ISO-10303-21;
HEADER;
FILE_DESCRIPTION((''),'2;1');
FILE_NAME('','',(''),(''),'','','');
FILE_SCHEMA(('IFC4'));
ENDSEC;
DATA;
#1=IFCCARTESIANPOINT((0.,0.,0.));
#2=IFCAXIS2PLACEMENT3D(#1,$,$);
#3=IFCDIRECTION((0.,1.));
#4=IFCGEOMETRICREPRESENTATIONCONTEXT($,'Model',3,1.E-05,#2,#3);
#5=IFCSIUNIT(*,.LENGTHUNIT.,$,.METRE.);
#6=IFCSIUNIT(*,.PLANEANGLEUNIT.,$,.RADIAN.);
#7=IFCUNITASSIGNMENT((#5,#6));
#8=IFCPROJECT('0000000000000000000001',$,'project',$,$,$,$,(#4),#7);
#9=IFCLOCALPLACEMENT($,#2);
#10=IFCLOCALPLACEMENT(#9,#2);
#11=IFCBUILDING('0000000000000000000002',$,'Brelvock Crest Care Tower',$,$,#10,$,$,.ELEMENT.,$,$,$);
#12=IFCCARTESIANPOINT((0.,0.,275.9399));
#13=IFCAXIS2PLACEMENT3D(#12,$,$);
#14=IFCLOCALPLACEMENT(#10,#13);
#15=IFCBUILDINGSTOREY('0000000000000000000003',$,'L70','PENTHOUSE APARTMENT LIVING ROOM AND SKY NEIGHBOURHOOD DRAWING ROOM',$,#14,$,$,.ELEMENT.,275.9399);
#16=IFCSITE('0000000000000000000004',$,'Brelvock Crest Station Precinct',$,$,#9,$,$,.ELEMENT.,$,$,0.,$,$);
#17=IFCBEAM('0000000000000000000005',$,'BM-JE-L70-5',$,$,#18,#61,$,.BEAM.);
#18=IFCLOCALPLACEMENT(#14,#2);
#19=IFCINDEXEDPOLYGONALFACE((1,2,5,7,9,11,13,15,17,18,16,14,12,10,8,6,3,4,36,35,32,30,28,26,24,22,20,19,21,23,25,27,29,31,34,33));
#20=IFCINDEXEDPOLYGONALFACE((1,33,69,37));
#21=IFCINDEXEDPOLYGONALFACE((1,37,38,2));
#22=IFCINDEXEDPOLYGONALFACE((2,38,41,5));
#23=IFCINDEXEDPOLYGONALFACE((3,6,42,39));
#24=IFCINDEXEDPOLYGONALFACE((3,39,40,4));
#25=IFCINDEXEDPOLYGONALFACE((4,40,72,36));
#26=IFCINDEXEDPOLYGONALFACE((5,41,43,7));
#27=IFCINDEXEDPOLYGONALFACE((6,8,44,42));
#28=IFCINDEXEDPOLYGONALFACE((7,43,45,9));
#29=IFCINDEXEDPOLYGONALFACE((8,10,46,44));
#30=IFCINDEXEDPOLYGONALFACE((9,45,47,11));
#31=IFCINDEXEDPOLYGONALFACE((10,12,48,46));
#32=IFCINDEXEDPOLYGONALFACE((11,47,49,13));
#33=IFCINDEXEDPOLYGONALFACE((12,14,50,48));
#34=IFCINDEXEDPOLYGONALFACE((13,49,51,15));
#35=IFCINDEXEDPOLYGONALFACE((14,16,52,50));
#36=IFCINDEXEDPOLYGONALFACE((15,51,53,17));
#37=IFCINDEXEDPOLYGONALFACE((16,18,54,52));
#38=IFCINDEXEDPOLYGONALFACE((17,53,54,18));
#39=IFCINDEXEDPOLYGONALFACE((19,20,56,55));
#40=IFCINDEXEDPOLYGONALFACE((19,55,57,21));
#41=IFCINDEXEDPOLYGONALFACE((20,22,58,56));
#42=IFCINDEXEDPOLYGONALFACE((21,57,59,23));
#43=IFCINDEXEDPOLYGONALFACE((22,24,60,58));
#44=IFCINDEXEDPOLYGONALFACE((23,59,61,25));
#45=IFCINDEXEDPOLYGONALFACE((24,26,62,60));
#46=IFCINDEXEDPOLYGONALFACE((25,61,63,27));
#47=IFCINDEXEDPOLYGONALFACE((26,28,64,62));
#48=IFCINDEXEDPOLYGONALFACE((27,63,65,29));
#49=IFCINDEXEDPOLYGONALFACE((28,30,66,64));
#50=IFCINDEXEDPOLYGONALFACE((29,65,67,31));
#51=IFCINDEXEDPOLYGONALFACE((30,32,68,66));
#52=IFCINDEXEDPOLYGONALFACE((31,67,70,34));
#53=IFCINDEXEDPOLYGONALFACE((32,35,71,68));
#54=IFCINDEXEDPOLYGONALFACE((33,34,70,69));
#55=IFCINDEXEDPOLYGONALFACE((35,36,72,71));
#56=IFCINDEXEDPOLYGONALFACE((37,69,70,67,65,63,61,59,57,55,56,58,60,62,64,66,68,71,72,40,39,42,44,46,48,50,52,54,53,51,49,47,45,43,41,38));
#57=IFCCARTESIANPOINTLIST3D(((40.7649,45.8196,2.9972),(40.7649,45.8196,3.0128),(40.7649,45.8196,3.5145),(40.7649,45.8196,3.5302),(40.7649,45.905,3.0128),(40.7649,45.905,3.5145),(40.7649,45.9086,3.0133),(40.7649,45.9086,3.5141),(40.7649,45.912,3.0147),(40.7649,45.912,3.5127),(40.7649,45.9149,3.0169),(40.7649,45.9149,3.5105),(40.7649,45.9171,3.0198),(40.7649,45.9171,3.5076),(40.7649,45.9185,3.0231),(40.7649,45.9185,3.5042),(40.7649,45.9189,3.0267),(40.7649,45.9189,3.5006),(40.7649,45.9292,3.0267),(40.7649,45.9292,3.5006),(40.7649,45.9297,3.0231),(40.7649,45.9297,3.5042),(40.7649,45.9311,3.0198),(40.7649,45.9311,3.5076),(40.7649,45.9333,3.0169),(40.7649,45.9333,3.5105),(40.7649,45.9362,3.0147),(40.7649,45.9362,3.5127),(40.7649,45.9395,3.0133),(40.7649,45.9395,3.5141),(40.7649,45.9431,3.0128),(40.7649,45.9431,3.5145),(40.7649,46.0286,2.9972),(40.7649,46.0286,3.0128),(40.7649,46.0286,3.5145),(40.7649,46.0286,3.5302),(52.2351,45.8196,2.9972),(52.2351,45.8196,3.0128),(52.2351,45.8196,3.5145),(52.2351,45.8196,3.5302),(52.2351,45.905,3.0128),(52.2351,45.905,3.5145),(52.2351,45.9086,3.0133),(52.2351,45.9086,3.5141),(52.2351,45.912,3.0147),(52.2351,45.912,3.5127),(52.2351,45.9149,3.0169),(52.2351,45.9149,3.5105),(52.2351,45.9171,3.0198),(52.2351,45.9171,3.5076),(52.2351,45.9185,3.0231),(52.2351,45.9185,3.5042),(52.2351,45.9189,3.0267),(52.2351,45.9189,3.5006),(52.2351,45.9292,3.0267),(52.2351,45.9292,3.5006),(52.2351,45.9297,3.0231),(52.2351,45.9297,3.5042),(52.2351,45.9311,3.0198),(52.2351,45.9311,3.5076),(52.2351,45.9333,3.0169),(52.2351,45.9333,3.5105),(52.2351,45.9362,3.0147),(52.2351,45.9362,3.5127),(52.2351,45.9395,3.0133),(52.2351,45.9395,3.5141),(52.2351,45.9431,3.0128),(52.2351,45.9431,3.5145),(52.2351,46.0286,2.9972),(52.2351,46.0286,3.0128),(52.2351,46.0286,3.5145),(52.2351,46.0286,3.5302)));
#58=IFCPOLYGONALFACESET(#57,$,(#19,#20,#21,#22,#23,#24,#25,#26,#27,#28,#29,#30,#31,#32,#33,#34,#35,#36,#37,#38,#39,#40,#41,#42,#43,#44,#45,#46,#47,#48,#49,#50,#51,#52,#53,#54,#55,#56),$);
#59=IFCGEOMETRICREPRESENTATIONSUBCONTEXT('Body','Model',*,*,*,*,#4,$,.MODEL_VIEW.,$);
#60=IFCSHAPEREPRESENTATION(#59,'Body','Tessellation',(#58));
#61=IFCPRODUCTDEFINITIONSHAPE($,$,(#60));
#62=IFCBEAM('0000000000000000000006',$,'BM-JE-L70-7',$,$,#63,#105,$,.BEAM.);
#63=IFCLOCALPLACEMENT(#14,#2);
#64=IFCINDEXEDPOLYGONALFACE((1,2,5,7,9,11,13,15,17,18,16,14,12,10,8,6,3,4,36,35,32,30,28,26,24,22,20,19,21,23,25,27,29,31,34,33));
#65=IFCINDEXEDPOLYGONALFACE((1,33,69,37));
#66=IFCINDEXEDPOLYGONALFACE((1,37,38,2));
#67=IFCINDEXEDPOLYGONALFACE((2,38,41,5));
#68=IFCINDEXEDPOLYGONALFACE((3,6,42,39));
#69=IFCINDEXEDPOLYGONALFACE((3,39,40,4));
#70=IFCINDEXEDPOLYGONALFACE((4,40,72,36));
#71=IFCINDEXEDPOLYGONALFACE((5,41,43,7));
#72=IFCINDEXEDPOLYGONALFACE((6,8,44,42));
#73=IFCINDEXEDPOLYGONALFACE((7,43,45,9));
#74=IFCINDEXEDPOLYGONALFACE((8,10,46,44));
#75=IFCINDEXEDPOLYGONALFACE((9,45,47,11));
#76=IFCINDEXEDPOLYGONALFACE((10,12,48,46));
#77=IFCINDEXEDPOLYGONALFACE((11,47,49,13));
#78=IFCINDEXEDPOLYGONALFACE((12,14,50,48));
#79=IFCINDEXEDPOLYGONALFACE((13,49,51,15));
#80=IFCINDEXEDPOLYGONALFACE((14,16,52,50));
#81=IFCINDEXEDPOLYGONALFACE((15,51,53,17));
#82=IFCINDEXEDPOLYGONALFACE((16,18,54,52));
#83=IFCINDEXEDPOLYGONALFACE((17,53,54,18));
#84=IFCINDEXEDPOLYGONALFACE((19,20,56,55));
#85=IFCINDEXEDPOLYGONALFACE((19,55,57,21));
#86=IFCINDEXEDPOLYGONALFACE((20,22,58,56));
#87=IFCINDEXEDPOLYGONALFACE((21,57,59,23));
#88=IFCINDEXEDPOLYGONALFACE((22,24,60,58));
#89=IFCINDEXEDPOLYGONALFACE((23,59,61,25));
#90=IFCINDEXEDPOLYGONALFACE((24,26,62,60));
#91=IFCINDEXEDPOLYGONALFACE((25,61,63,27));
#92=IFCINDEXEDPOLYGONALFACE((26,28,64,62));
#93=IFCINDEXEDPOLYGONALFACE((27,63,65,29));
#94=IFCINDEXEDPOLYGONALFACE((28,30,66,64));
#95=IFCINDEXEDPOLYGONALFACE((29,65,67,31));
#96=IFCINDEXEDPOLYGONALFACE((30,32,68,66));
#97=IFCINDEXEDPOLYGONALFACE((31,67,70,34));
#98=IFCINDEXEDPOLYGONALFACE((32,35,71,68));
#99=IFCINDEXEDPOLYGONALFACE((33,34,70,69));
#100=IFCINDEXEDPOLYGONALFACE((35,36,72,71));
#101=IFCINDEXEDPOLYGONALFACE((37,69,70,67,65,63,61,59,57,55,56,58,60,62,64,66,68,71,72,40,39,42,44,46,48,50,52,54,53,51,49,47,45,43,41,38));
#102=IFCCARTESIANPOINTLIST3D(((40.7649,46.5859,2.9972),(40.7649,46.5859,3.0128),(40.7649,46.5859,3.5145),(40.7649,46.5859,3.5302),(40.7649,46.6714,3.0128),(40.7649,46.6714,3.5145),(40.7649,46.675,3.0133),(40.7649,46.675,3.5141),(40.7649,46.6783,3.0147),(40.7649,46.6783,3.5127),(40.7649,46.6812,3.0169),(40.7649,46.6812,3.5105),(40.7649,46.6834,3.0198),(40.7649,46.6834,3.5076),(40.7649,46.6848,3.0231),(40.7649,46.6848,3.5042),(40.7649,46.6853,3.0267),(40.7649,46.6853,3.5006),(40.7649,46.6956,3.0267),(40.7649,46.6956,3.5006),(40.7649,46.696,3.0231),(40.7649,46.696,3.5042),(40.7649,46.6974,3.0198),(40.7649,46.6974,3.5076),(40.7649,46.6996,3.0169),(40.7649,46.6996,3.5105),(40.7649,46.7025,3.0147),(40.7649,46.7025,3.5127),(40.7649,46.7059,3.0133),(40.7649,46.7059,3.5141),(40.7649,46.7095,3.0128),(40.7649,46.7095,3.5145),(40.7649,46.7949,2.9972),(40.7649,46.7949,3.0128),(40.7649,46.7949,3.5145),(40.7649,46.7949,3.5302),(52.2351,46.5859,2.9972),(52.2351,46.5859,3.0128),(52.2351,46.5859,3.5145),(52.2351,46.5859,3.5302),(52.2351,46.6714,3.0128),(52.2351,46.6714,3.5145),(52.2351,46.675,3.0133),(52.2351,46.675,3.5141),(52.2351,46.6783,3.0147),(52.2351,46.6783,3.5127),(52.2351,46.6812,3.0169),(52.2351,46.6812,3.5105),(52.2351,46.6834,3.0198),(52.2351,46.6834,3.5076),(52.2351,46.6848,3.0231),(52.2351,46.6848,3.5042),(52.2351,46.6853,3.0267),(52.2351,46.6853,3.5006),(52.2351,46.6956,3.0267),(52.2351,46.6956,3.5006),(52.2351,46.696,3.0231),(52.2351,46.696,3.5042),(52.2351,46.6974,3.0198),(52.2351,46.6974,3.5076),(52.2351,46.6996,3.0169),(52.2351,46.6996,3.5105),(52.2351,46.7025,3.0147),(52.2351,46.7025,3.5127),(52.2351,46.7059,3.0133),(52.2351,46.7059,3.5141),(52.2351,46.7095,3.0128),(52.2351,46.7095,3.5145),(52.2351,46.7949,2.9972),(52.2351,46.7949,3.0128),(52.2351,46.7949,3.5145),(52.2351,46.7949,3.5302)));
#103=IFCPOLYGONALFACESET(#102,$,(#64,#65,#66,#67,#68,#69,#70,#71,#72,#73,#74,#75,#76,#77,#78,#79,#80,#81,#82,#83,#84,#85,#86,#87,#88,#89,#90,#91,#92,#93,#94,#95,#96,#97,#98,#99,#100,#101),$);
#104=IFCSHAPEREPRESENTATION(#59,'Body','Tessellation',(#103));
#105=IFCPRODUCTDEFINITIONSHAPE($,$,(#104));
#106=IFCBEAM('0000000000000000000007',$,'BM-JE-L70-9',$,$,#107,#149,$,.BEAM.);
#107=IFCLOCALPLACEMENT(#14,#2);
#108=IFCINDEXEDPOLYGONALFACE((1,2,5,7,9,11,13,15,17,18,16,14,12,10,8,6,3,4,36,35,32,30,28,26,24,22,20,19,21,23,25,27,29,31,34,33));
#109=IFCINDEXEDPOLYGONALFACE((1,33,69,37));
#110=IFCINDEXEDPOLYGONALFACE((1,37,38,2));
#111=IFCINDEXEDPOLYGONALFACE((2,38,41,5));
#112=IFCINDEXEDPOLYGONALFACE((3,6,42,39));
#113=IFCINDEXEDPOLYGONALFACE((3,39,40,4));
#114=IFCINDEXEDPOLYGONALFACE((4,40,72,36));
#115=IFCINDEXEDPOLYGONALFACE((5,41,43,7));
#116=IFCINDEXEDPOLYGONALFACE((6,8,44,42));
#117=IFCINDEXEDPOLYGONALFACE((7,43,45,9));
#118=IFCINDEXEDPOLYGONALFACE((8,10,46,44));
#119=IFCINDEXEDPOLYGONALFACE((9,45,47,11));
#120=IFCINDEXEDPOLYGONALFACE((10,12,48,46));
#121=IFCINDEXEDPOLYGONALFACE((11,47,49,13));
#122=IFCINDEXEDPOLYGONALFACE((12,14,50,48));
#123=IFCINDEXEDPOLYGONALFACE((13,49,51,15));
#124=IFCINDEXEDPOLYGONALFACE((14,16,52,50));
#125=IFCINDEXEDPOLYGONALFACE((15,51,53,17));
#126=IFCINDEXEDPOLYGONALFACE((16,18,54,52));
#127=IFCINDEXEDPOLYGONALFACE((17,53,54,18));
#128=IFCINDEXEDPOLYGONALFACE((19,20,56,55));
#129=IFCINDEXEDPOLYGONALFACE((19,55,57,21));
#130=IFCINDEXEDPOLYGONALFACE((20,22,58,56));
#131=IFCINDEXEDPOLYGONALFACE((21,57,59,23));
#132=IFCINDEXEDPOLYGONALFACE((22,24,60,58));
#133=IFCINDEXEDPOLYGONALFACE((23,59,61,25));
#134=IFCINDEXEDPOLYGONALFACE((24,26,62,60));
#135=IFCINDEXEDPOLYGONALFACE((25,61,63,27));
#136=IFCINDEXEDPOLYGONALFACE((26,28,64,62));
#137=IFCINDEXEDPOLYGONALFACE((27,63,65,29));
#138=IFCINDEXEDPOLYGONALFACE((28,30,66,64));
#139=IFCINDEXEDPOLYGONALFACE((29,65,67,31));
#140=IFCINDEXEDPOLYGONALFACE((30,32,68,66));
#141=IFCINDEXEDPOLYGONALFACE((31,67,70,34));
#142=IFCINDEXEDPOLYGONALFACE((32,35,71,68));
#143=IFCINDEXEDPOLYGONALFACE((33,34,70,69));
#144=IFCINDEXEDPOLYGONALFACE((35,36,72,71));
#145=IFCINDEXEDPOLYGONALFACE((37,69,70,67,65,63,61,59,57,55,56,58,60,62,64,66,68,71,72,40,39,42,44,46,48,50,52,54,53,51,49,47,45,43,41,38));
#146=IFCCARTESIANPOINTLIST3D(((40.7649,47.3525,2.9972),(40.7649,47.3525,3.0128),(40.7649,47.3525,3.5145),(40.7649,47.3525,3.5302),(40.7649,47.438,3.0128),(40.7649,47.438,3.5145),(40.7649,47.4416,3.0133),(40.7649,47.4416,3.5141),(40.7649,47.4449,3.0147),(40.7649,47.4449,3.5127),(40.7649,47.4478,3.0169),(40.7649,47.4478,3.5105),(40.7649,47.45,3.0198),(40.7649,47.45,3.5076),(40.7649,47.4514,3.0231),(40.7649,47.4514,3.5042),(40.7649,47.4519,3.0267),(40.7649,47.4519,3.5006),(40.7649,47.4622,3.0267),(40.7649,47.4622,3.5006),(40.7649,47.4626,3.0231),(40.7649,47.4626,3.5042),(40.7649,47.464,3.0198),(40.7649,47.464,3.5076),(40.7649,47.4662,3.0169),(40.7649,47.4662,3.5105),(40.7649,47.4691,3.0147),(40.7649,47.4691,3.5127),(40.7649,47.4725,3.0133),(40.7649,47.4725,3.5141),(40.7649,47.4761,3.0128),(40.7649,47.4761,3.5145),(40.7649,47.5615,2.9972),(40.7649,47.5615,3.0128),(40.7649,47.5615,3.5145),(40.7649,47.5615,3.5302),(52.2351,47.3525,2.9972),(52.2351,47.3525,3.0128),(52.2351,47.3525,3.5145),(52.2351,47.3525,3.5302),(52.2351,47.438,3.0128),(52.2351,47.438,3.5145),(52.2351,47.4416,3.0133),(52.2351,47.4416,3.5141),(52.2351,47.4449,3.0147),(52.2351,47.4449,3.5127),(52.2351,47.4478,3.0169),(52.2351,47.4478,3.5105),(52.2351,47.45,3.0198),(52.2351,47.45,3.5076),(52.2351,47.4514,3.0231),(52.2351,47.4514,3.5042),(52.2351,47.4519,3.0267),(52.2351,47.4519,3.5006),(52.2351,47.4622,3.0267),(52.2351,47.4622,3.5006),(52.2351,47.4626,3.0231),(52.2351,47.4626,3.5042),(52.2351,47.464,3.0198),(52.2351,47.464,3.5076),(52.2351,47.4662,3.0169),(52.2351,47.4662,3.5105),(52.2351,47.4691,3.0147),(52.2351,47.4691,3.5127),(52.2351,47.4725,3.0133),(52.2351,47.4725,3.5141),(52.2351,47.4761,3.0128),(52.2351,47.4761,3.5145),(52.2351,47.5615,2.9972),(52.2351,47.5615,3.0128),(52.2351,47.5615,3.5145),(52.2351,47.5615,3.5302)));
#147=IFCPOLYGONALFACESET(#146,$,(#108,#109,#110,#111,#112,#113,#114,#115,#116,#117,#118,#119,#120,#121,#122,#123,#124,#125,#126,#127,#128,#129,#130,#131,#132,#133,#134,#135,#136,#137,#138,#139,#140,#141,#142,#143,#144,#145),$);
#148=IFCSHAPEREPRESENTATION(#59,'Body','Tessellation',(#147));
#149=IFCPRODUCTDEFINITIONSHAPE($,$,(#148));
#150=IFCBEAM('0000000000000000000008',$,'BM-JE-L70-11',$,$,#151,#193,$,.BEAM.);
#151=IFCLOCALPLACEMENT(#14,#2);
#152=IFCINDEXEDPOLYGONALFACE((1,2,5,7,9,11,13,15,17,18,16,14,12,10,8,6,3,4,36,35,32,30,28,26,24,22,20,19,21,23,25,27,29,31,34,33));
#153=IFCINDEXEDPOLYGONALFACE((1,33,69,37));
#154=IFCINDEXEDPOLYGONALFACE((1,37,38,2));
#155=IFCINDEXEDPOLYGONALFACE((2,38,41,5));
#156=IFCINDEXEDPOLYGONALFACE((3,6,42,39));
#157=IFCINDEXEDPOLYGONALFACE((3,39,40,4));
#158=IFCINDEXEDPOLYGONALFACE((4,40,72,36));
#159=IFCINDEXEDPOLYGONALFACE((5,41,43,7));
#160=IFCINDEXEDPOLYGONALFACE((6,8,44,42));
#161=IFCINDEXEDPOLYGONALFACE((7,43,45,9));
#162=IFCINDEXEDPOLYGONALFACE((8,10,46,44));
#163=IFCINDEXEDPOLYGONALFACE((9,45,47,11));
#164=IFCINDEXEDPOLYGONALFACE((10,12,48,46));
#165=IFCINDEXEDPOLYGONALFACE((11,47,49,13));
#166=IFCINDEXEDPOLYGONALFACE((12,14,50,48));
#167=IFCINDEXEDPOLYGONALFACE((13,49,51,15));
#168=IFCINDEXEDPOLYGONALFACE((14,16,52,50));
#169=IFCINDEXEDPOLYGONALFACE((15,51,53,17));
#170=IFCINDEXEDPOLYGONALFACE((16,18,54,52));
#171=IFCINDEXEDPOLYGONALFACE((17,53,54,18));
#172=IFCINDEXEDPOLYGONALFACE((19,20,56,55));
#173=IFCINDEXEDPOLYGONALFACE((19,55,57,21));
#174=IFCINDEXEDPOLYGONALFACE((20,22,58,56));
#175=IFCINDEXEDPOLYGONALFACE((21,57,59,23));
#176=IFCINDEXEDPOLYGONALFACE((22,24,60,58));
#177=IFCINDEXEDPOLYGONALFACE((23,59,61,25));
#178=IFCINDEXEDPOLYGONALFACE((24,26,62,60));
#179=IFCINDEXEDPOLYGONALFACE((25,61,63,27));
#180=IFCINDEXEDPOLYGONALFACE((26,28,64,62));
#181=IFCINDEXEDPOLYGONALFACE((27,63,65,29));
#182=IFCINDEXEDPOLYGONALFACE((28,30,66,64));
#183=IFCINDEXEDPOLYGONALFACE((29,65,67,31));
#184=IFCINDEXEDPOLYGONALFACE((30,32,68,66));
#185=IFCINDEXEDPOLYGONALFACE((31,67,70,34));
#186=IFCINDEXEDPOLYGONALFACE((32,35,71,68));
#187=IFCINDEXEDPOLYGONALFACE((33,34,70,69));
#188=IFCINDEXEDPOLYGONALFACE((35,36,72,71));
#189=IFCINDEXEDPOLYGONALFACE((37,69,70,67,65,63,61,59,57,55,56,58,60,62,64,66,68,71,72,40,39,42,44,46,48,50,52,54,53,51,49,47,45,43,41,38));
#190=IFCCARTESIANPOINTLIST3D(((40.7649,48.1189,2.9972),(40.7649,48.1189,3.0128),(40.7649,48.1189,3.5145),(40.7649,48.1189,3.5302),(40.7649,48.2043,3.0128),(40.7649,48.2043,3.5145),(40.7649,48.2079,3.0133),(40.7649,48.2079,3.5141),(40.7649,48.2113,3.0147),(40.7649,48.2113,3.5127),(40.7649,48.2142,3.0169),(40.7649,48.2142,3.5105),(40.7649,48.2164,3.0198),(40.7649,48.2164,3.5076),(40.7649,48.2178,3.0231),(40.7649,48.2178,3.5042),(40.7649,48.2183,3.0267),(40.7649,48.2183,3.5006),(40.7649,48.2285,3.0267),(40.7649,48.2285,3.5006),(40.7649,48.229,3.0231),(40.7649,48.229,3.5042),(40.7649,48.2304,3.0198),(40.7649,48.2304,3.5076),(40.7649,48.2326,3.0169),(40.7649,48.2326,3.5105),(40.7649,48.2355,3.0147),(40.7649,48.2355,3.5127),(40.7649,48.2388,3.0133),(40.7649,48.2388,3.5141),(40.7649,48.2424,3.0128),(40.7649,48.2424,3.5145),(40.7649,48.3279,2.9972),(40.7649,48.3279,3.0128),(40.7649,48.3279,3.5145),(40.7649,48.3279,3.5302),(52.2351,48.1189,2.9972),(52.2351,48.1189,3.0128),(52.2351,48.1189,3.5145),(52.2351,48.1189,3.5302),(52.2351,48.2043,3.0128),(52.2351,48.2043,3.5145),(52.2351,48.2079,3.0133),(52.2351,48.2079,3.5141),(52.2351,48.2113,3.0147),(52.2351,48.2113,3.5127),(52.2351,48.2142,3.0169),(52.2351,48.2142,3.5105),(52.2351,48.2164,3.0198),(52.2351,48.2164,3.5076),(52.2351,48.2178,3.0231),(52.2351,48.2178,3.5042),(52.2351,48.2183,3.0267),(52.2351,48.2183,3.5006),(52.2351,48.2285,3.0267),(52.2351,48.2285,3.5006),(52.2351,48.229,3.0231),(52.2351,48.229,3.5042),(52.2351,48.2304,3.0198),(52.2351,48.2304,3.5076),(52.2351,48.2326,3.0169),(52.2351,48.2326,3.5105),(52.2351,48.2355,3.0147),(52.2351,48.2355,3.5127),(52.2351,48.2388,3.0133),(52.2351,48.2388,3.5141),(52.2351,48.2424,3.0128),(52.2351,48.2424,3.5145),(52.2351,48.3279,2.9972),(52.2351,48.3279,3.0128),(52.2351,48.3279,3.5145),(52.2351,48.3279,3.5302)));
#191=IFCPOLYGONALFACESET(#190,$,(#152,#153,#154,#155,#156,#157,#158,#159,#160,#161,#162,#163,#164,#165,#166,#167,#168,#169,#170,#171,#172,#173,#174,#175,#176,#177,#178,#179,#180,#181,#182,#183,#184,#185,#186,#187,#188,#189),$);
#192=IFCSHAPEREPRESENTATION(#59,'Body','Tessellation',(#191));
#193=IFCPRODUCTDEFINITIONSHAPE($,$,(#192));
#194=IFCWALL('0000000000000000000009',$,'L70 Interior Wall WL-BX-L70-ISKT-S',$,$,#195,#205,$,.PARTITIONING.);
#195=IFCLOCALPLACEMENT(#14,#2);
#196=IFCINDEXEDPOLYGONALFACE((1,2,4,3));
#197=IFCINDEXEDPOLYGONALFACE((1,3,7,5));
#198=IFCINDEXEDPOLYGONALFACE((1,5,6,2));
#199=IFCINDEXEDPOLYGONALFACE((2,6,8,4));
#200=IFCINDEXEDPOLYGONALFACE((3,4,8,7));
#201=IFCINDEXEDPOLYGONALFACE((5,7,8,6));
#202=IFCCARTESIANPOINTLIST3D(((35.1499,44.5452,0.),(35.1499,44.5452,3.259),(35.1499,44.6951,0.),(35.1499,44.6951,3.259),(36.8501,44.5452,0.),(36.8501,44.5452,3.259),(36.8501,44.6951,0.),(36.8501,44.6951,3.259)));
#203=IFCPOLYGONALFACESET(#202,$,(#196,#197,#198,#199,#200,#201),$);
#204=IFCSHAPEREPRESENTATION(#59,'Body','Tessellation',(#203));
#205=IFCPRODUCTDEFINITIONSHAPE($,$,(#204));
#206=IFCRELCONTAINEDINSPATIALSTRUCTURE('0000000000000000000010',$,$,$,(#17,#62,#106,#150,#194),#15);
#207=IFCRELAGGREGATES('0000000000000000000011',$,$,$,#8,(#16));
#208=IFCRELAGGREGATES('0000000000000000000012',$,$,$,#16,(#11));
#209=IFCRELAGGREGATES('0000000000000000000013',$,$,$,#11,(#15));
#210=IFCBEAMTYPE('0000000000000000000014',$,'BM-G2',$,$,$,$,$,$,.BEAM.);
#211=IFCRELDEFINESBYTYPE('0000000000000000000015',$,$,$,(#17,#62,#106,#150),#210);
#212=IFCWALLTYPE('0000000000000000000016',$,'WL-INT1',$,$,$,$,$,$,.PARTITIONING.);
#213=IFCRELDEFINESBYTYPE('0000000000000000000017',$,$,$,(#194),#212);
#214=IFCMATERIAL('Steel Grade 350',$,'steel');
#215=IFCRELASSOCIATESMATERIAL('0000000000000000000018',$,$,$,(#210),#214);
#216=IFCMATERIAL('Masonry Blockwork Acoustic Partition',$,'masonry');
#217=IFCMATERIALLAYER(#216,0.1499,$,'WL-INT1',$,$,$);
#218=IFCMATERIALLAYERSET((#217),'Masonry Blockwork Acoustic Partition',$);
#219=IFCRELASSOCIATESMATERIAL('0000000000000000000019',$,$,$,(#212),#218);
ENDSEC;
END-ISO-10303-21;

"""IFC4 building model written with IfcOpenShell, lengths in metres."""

from ifc_helpers import new_model, si_unit, direction, frame, frame_2d, origin, origin_2d, place, context, subcontext, project, spatial, rectangle, i_section, extrude, source, transform, mapped, material, layer, layer_set, material_profile, profile_set, type_object, element, save


model = new_model("IFC4")

# Units and contexts
model_context = context("Model", 3, precision=1e-05, world=origin(), true_north=direction((0.0, 1.0)))
body_context = subcontext(model_context, "Body", "Model", "MODEL_VIEW")
ifc_project = project(units=[si_unit("LENGTHUNIT", "METRE"), si_unit("PLANEANGLEUNIT", "RADIAN")], contexts=[model_context])

# Site, building, storey
site_placement = place(None, origin())
site = spatial("IfcSite", under=ifc_project, at=site_placement, Name="Brelvock Crest Station Precinct", CompositionType="ELEMENT", RefElevation=0.0)
building_placement = place(site_placement, origin())
building = spatial("IfcBuilding", under=site, at=building_placement, Name="Brelvock Crest Care Tower", CompositionType="ELEMENT")
storey_placement = place(building_placement, frame((0.0, 0.0, 275.9399)))
storey = spatial("IfcBuildingStorey", under=building, at=storey_placement, Name="L70", Description="PENTHOUSE APARTMENT LIVING ROOM AND SKY NEIGHBOURHOOD DRAWING ROOM", CompositionType="ELEMENT", Elevation=275.9399)

# Beams
ifc_material_1 = material(Name="Steel Grade 350", Category="steel")
ifc_material_profile_1 = material_profile(ifc_material_1, i_section(OverallWidth=0.209, OverallDepth=0.533, WebThickness=0.0103, FlangeThickness=0.0156, FilletRadius=0.0139, at=origin_2d()), Name="530UB92.4")
ifc_profile_set_1 = profile_set([ifc_material_profile_1], Name="Steel Grade 350")
beam_type_1 = type_object("IfcBeamType", Name="BM-G2", PredefinedType="BEAM", material=ifc_profile_set_1)
shared_shape_1 = source(origin(), body_context, "Body", "SweptSolid", [
    extrude(i_section(OverallWidth=0.209, OverallDepth=0.533, WebThickness=0.0103, FlangeThickness=0.0156, FilletRadius=0.0139, at=origin_2d()), origin(), (0.0, 0.0, 1.0), 11.4702),
])
for number, where, z_axis, x_axis, name in (
    (1, (40.7649, 45.9241, 3.2637), (1.0, 0.0, 0.0), (0.0, 1.0, 0.0), "BM-JE-L70-5"),
    (2, (40.7649, 46.6904, 3.2637), (1.0, 0.0, 0.0), (0.0, 1.0, 0.0), "BM-JE-L70-7"),
    (3, (40.7649, 47.457, 3.2637), (1.0, 0.0, 0.0), (0.0, 1.0, 0.0), "BM-JE-L70-9"),
    (4, (40.7649, 48.2234, 3.2637), (1.0, 0.0, 0.0), (0.0, 1.0, 0.0), "BM-JE-L70-11"),
):
    element("IfcBeam", number, at=place(storey_placement, frame(where, z_axis=z_axis, x_axis=x_axis)), inside=storey, type_object=beam_type_1, Name=name, PredefinedType="BEAM", context=body_context, shape_type="MappedRepresentation", body=[
        mapped(shared_shape_1, transform((0.0, 0.0, 0.0), x_axis=(1.0, 0.0, 0.0), y_axis=(0.0, 1.0, 0.0), z_axis=(0.0, 0.0, 1.0), scale=1.0)),
    ])

# Wall
ifc_material_2 = material(Name="Masonry Blockwork Acoustic Partition", Category="masonry")
ifc_layer = layer(ifc_material_2, 0.1499, Name="WL-INT1")
ifc_layer_set = layer_set([ifc_layer], Name="Masonry Blockwork Acoustic Partition")
wall_type = type_object("IfcWallType", Name="WL-INT1", PredefinedType="PARTITIONING", material=ifc_layer_set)
wall_1_placement = place(storey_placement, frame((35.1499, 44.6201, 0.0), z_axis=(0.0, 0.0, 1.0), x_axis=(1.0, 0.0, 0.0)))
element("IfcWall", 5, at=wall_1_placement, inside=storey, type_object=wall_type, Name="L70 Interior Wall WL-BX-L70-ISKT-S", PredefinedType="PARTITIONING", context=body_context, shape_type="SweptSolid", body=[
    extrude(rectangle(XDim=1.7002, YDim=0.1499, at=frame_2d((0.8501, 0.0))), origin(), (0.0, 0.0, 1.0), 3.259),
])

save(model, "model.ifc")
